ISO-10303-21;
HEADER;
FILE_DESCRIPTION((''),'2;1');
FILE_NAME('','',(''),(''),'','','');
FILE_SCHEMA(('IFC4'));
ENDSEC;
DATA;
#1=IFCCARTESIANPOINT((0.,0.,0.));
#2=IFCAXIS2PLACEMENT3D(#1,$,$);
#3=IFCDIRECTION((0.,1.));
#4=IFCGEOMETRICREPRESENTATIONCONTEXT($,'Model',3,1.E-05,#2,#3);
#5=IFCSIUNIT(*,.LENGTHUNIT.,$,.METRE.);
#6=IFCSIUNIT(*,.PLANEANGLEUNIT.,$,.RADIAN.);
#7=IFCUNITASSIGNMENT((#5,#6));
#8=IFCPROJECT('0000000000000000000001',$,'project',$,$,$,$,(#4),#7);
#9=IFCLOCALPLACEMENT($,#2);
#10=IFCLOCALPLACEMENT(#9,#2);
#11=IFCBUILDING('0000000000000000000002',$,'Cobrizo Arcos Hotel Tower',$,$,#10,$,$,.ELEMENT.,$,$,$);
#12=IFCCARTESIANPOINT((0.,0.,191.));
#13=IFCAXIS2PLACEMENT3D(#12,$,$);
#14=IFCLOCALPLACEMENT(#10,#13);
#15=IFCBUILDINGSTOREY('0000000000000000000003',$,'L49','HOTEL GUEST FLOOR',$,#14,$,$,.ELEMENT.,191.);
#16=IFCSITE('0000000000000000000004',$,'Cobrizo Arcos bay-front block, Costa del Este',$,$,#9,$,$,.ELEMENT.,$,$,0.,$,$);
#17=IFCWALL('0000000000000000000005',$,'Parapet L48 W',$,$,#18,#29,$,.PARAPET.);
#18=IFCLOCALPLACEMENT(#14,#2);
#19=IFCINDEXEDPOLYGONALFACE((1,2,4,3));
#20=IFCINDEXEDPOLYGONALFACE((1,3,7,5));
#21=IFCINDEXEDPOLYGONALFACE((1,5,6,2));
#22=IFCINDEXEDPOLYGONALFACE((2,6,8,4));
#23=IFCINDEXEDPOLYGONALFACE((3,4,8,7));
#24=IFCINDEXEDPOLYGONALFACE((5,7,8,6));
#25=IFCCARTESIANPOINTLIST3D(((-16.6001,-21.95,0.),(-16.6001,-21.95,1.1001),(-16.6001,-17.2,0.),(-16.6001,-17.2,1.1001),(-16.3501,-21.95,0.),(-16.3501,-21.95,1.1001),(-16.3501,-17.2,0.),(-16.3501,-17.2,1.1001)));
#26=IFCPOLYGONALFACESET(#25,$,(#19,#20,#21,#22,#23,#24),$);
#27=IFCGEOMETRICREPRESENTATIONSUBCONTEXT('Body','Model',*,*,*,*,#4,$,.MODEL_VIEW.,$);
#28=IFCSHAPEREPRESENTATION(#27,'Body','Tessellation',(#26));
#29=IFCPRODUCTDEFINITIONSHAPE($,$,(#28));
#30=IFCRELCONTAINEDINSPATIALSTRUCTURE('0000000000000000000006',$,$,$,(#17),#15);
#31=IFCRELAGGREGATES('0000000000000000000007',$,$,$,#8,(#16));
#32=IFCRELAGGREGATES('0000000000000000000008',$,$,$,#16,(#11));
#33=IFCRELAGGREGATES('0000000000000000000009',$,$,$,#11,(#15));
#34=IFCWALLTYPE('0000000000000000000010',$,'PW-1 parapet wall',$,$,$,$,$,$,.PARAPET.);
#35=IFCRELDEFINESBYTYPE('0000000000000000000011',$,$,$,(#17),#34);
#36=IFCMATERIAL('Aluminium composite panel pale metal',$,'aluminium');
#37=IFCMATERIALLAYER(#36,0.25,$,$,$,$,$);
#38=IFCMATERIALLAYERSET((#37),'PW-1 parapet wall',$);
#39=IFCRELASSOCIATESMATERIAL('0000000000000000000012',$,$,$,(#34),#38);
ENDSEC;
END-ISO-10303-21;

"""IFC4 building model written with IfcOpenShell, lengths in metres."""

from ifc_helpers import new_model, si_unit, direction, frame, frame_2d, origin, place, context, subcontext, project, spatial, rectangle, extrude, material, layer, layer_set, type_object, element, save


model = new_model("IFC4")

# Units and contexts
model_context = context("Model", 3, precision=1e-05, world=origin(), true_north=direction((0.0, 1.0)))
body_context = subcontext(model_context, "Body", "Model", "MODEL_VIEW")
ifc_project = project(units=[si_unit("LENGTHUNIT", "METRE"), si_unit("PLANEANGLEUNIT", "RADIAN")], contexts=[model_context])

# Site, building, storey
site_placement = place(None, origin())
site = spatial("IfcSite", under=ifc_project, at=site_placement, Name="Cobrizo Arcos bay-front block, Costa del Este", CompositionType="ELEMENT", RefElevation=0.0)
building_placement = place(site_placement, origin())
building = spatial("IfcBuilding", under=site, at=building_placement, Name="Cobrizo Arcos Hotel Tower", CompositionType="ELEMENT")
storey_placement = place(building_placement, frame((0.0, 0.0, 191.0)))
storey = spatial("IfcBuildingStorey", under=building, at=storey_placement, Name="L49", Description="HOTEL GUEST FLOOR", CompositionType="ELEMENT", Elevation=191.0)

# Shared definitions
ifc_material_1 = material(Name="Aluminium composite panel pale metal", Category="aluminium")

# Wall
ifc_layer_1 = layer(ifc_material_1, 0.25)
ifc_layer_set_1 = layer_set([ifc_layer_1], Name="PW-1 parapet wall")
wall_type = type_object("IfcWallType", Name="PW-1 parapet wall", PredefinedType="PARAPET", material=ifc_layer_set_1)
wall_1_placement = place(storey_placement, frame((-16.4751, -17.2, 0.0), z_axis=(0.0, 0.0, 1.0), x_axis=(0.0, -1.0, 0.0)))
element("IfcWall", 1, at=wall_1_placement, inside=storey, type_object=wall_type, Name="Parapet L48 W", PredefinedType="PARAPET", context=body_context, shape_type="SweptSolid", body=[
    extrude(rectangle(XDim=4.75, YDim=0.25, at=frame_2d((2.375, 0.0))), origin(), (0.0, 0.0, 1.0), 1.1001),
])

save(model, "model.ifc")
